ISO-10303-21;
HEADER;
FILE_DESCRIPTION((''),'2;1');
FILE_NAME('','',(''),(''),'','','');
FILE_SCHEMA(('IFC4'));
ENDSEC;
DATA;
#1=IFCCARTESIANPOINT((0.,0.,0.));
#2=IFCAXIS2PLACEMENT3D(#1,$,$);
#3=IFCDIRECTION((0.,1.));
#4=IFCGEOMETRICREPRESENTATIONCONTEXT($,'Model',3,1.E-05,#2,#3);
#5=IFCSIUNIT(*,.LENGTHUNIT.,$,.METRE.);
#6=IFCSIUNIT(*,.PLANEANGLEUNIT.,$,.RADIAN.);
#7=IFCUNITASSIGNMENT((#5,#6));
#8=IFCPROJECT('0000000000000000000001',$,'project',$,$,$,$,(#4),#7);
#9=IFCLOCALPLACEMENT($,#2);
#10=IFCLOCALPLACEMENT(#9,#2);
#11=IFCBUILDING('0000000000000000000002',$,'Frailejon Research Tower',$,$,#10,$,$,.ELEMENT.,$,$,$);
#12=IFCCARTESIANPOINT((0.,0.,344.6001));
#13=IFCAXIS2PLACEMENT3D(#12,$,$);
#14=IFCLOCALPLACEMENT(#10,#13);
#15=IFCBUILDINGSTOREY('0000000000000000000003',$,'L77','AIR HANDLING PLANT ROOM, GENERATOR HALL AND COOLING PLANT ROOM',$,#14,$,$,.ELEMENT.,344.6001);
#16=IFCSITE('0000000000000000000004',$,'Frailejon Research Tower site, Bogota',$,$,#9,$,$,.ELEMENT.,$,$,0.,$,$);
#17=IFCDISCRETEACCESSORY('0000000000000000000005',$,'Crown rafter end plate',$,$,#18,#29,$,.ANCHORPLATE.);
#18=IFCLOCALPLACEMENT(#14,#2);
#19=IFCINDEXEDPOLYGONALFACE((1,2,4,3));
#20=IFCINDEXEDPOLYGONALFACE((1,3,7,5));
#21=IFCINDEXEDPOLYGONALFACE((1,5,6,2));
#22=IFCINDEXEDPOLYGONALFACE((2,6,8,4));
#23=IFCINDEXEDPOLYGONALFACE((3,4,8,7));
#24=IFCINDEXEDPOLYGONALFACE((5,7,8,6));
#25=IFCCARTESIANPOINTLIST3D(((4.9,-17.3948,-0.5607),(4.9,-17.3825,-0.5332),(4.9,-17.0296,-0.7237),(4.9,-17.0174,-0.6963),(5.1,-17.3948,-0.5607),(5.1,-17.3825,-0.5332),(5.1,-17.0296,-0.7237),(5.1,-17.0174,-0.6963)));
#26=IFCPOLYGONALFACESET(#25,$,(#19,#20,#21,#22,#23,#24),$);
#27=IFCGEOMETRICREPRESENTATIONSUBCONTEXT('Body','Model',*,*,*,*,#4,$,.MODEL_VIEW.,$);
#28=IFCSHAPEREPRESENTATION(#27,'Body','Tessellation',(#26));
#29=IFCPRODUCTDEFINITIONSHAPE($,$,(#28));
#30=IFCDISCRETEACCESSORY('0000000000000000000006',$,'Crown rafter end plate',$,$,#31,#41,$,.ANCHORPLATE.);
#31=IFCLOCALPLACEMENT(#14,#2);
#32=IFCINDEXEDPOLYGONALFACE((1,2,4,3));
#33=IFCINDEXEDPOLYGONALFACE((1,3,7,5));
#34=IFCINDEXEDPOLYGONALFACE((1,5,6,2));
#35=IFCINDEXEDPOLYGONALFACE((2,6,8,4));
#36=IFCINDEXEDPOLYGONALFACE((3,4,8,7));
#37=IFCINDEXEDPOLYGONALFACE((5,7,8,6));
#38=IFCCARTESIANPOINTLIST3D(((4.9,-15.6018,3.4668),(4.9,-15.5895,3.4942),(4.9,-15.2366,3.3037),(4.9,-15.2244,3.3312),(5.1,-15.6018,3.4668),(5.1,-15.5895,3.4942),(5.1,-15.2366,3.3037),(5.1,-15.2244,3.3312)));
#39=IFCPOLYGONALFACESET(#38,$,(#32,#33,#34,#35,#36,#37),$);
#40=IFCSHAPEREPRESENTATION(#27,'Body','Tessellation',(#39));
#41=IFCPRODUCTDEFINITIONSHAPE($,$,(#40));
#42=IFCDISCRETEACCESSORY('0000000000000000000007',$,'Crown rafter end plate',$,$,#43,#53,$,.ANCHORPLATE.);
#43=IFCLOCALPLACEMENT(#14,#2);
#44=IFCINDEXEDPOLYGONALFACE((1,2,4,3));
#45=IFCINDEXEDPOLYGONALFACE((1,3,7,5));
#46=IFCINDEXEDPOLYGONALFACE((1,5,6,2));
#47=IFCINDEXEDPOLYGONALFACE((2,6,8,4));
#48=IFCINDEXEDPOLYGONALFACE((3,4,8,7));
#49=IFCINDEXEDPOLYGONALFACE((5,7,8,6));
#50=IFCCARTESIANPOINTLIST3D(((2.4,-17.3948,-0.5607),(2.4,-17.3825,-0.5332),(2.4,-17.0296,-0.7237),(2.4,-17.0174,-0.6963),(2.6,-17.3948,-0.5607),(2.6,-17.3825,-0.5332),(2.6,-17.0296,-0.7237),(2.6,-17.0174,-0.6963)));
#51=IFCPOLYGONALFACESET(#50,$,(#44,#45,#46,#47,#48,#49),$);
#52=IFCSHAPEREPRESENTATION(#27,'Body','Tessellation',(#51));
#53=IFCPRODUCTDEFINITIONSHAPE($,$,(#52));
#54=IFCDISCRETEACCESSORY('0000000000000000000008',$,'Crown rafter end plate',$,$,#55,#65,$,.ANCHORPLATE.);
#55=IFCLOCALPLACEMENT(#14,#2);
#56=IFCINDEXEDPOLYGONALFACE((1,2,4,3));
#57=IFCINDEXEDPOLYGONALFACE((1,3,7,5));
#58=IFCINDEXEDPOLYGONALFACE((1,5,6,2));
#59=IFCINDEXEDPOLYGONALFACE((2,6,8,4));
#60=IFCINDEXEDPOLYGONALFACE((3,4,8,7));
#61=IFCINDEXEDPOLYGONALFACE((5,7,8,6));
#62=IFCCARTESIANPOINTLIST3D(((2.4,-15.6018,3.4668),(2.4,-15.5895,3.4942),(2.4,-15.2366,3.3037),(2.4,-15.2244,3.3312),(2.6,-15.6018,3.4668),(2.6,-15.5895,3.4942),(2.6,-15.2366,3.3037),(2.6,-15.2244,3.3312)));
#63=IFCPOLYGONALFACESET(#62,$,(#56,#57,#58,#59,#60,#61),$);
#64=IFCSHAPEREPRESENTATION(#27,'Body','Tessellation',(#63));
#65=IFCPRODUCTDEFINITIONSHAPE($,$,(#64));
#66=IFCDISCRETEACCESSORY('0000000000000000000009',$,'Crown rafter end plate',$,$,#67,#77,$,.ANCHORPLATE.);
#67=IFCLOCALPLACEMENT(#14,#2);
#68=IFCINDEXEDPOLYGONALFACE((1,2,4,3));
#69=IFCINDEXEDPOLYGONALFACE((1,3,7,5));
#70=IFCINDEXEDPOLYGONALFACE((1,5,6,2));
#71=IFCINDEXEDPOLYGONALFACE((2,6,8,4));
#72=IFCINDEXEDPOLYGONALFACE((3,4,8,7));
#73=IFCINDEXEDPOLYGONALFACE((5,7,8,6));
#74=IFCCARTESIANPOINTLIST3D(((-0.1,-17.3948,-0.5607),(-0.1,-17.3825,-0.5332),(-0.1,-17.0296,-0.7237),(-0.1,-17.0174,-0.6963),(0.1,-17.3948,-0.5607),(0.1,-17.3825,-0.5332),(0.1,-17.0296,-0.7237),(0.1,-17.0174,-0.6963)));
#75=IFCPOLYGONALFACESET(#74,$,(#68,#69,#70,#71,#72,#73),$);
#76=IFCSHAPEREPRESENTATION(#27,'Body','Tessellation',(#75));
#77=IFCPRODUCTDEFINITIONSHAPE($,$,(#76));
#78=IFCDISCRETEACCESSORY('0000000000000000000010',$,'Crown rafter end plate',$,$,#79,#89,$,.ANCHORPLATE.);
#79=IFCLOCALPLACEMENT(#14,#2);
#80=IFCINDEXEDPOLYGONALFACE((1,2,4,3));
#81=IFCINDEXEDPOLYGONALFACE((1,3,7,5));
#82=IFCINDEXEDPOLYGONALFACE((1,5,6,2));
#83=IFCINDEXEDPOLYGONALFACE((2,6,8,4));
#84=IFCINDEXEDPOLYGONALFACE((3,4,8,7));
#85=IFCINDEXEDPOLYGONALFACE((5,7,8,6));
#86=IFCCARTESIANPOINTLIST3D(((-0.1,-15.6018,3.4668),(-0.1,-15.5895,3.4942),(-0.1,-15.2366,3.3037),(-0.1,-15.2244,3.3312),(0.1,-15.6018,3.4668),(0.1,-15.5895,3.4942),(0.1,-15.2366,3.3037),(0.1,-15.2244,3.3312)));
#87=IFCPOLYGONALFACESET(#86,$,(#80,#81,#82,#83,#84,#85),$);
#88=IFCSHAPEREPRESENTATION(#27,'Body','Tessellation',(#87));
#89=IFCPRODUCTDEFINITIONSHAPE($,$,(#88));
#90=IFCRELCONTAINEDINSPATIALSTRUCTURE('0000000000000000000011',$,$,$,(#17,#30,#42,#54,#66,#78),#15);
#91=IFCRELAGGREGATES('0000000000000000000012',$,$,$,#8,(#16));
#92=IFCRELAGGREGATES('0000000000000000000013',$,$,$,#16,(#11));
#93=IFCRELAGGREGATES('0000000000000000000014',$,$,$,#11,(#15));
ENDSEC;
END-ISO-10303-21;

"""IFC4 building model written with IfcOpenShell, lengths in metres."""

from ifc_helpers import new_model, si_unit, direction, frame, origin, origin_2d, place, context, subcontext, project, spatial, rectangle, extrude, element, save


model = new_model("IFC4")

# Units and contexts
model_context = context("Model", 3, precision=1e-05, world=origin(), true_north=direction((0.0, 1.0)))
body_context = subcontext(model_context, "Body", "Model", "MODEL_VIEW")
ifc_project = project(units=[si_unit("LENGTHUNIT", "METRE"), si_unit("PLANEANGLEUNIT", "RADIAN")], contexts=[model_context])

# Site, building, storey
site_placement = place(None, origin())
site = spatial("IfcSite", under=ifc_project, at=site_placement, Name="Frailejon Research Tower site, Bogota", CompositionType="ELEMENT", RefElevation=0.0)
building_placement = place(site_placement, origin())
building = spatial("IfcBuilding", under=site, at=building_placement, Name="Frailejon Research Tower", CompositionType="ELEMENT")
storey_placement = place(building_placement, frame((0.0, 0.0, 344.6001)))
storey = spatial("IfcBuildingStorey", under=building, at=storey_placement, Name="L77", Description="AIR HANDLING PLANT ROOM, GENERATOR HALL AND COOLING PLANT ROOM", CompositionType="ELEMENT", Elevation=344.6001)

# Discrete accessories
for number, where, z_axis, x_axis, name in (
    (1, (5.0, -17.2, -0.6147), (0.0, -0.407651, -0.913138), (1.0, 0.0, 0.0), "Crown rafter end plate"),
    (2, (5.0, -15.4192, 3.3853), (0.0, 0.407651, 0.913138), (-1.0, 0.0, 0.0), "Crown rafter end plate"),
    (3, (2.5, -17.2, -0.6147), (0.0, -0.407651, -0.913138), (1.0, 0.0, 0.0), "Crown rafter end plate"),
    (4, (2.5, -15.4192, 3.3853), (0.0, 0.407651, 0.913138), (-1.0, 0.0, 0.0), "Crown rafter end plate"),
    (5, (0.0, -17.2, -0.6147), (0.0, -0.407651, -0.913138), (1.0, 0.0, 0.0), "Crown rafter end plate"),
    (6, (0.0, -15.4192, 3.3853), (0.0, 0.407651, 0.913138), (-1.0, 0.0, 0.0), "Crown rafter end plate"),
):
    element("IfcDiscreteAccessory", number, at=place(storey_placement, frame(where, z_axis=z_axis, x_axis=x_axis)), inside=storey, Name=name, PredefinedType="ANCHORPLATE", context=body_context, shape_type="SweptSolid", body=[
        extrude(rectangle(XDim=0.2, YDim=0.3999, at=origin_2d()), origin(), (0.0, 0.0, 1.0), 0.03),
    ])

save(model, "model.ifc")
